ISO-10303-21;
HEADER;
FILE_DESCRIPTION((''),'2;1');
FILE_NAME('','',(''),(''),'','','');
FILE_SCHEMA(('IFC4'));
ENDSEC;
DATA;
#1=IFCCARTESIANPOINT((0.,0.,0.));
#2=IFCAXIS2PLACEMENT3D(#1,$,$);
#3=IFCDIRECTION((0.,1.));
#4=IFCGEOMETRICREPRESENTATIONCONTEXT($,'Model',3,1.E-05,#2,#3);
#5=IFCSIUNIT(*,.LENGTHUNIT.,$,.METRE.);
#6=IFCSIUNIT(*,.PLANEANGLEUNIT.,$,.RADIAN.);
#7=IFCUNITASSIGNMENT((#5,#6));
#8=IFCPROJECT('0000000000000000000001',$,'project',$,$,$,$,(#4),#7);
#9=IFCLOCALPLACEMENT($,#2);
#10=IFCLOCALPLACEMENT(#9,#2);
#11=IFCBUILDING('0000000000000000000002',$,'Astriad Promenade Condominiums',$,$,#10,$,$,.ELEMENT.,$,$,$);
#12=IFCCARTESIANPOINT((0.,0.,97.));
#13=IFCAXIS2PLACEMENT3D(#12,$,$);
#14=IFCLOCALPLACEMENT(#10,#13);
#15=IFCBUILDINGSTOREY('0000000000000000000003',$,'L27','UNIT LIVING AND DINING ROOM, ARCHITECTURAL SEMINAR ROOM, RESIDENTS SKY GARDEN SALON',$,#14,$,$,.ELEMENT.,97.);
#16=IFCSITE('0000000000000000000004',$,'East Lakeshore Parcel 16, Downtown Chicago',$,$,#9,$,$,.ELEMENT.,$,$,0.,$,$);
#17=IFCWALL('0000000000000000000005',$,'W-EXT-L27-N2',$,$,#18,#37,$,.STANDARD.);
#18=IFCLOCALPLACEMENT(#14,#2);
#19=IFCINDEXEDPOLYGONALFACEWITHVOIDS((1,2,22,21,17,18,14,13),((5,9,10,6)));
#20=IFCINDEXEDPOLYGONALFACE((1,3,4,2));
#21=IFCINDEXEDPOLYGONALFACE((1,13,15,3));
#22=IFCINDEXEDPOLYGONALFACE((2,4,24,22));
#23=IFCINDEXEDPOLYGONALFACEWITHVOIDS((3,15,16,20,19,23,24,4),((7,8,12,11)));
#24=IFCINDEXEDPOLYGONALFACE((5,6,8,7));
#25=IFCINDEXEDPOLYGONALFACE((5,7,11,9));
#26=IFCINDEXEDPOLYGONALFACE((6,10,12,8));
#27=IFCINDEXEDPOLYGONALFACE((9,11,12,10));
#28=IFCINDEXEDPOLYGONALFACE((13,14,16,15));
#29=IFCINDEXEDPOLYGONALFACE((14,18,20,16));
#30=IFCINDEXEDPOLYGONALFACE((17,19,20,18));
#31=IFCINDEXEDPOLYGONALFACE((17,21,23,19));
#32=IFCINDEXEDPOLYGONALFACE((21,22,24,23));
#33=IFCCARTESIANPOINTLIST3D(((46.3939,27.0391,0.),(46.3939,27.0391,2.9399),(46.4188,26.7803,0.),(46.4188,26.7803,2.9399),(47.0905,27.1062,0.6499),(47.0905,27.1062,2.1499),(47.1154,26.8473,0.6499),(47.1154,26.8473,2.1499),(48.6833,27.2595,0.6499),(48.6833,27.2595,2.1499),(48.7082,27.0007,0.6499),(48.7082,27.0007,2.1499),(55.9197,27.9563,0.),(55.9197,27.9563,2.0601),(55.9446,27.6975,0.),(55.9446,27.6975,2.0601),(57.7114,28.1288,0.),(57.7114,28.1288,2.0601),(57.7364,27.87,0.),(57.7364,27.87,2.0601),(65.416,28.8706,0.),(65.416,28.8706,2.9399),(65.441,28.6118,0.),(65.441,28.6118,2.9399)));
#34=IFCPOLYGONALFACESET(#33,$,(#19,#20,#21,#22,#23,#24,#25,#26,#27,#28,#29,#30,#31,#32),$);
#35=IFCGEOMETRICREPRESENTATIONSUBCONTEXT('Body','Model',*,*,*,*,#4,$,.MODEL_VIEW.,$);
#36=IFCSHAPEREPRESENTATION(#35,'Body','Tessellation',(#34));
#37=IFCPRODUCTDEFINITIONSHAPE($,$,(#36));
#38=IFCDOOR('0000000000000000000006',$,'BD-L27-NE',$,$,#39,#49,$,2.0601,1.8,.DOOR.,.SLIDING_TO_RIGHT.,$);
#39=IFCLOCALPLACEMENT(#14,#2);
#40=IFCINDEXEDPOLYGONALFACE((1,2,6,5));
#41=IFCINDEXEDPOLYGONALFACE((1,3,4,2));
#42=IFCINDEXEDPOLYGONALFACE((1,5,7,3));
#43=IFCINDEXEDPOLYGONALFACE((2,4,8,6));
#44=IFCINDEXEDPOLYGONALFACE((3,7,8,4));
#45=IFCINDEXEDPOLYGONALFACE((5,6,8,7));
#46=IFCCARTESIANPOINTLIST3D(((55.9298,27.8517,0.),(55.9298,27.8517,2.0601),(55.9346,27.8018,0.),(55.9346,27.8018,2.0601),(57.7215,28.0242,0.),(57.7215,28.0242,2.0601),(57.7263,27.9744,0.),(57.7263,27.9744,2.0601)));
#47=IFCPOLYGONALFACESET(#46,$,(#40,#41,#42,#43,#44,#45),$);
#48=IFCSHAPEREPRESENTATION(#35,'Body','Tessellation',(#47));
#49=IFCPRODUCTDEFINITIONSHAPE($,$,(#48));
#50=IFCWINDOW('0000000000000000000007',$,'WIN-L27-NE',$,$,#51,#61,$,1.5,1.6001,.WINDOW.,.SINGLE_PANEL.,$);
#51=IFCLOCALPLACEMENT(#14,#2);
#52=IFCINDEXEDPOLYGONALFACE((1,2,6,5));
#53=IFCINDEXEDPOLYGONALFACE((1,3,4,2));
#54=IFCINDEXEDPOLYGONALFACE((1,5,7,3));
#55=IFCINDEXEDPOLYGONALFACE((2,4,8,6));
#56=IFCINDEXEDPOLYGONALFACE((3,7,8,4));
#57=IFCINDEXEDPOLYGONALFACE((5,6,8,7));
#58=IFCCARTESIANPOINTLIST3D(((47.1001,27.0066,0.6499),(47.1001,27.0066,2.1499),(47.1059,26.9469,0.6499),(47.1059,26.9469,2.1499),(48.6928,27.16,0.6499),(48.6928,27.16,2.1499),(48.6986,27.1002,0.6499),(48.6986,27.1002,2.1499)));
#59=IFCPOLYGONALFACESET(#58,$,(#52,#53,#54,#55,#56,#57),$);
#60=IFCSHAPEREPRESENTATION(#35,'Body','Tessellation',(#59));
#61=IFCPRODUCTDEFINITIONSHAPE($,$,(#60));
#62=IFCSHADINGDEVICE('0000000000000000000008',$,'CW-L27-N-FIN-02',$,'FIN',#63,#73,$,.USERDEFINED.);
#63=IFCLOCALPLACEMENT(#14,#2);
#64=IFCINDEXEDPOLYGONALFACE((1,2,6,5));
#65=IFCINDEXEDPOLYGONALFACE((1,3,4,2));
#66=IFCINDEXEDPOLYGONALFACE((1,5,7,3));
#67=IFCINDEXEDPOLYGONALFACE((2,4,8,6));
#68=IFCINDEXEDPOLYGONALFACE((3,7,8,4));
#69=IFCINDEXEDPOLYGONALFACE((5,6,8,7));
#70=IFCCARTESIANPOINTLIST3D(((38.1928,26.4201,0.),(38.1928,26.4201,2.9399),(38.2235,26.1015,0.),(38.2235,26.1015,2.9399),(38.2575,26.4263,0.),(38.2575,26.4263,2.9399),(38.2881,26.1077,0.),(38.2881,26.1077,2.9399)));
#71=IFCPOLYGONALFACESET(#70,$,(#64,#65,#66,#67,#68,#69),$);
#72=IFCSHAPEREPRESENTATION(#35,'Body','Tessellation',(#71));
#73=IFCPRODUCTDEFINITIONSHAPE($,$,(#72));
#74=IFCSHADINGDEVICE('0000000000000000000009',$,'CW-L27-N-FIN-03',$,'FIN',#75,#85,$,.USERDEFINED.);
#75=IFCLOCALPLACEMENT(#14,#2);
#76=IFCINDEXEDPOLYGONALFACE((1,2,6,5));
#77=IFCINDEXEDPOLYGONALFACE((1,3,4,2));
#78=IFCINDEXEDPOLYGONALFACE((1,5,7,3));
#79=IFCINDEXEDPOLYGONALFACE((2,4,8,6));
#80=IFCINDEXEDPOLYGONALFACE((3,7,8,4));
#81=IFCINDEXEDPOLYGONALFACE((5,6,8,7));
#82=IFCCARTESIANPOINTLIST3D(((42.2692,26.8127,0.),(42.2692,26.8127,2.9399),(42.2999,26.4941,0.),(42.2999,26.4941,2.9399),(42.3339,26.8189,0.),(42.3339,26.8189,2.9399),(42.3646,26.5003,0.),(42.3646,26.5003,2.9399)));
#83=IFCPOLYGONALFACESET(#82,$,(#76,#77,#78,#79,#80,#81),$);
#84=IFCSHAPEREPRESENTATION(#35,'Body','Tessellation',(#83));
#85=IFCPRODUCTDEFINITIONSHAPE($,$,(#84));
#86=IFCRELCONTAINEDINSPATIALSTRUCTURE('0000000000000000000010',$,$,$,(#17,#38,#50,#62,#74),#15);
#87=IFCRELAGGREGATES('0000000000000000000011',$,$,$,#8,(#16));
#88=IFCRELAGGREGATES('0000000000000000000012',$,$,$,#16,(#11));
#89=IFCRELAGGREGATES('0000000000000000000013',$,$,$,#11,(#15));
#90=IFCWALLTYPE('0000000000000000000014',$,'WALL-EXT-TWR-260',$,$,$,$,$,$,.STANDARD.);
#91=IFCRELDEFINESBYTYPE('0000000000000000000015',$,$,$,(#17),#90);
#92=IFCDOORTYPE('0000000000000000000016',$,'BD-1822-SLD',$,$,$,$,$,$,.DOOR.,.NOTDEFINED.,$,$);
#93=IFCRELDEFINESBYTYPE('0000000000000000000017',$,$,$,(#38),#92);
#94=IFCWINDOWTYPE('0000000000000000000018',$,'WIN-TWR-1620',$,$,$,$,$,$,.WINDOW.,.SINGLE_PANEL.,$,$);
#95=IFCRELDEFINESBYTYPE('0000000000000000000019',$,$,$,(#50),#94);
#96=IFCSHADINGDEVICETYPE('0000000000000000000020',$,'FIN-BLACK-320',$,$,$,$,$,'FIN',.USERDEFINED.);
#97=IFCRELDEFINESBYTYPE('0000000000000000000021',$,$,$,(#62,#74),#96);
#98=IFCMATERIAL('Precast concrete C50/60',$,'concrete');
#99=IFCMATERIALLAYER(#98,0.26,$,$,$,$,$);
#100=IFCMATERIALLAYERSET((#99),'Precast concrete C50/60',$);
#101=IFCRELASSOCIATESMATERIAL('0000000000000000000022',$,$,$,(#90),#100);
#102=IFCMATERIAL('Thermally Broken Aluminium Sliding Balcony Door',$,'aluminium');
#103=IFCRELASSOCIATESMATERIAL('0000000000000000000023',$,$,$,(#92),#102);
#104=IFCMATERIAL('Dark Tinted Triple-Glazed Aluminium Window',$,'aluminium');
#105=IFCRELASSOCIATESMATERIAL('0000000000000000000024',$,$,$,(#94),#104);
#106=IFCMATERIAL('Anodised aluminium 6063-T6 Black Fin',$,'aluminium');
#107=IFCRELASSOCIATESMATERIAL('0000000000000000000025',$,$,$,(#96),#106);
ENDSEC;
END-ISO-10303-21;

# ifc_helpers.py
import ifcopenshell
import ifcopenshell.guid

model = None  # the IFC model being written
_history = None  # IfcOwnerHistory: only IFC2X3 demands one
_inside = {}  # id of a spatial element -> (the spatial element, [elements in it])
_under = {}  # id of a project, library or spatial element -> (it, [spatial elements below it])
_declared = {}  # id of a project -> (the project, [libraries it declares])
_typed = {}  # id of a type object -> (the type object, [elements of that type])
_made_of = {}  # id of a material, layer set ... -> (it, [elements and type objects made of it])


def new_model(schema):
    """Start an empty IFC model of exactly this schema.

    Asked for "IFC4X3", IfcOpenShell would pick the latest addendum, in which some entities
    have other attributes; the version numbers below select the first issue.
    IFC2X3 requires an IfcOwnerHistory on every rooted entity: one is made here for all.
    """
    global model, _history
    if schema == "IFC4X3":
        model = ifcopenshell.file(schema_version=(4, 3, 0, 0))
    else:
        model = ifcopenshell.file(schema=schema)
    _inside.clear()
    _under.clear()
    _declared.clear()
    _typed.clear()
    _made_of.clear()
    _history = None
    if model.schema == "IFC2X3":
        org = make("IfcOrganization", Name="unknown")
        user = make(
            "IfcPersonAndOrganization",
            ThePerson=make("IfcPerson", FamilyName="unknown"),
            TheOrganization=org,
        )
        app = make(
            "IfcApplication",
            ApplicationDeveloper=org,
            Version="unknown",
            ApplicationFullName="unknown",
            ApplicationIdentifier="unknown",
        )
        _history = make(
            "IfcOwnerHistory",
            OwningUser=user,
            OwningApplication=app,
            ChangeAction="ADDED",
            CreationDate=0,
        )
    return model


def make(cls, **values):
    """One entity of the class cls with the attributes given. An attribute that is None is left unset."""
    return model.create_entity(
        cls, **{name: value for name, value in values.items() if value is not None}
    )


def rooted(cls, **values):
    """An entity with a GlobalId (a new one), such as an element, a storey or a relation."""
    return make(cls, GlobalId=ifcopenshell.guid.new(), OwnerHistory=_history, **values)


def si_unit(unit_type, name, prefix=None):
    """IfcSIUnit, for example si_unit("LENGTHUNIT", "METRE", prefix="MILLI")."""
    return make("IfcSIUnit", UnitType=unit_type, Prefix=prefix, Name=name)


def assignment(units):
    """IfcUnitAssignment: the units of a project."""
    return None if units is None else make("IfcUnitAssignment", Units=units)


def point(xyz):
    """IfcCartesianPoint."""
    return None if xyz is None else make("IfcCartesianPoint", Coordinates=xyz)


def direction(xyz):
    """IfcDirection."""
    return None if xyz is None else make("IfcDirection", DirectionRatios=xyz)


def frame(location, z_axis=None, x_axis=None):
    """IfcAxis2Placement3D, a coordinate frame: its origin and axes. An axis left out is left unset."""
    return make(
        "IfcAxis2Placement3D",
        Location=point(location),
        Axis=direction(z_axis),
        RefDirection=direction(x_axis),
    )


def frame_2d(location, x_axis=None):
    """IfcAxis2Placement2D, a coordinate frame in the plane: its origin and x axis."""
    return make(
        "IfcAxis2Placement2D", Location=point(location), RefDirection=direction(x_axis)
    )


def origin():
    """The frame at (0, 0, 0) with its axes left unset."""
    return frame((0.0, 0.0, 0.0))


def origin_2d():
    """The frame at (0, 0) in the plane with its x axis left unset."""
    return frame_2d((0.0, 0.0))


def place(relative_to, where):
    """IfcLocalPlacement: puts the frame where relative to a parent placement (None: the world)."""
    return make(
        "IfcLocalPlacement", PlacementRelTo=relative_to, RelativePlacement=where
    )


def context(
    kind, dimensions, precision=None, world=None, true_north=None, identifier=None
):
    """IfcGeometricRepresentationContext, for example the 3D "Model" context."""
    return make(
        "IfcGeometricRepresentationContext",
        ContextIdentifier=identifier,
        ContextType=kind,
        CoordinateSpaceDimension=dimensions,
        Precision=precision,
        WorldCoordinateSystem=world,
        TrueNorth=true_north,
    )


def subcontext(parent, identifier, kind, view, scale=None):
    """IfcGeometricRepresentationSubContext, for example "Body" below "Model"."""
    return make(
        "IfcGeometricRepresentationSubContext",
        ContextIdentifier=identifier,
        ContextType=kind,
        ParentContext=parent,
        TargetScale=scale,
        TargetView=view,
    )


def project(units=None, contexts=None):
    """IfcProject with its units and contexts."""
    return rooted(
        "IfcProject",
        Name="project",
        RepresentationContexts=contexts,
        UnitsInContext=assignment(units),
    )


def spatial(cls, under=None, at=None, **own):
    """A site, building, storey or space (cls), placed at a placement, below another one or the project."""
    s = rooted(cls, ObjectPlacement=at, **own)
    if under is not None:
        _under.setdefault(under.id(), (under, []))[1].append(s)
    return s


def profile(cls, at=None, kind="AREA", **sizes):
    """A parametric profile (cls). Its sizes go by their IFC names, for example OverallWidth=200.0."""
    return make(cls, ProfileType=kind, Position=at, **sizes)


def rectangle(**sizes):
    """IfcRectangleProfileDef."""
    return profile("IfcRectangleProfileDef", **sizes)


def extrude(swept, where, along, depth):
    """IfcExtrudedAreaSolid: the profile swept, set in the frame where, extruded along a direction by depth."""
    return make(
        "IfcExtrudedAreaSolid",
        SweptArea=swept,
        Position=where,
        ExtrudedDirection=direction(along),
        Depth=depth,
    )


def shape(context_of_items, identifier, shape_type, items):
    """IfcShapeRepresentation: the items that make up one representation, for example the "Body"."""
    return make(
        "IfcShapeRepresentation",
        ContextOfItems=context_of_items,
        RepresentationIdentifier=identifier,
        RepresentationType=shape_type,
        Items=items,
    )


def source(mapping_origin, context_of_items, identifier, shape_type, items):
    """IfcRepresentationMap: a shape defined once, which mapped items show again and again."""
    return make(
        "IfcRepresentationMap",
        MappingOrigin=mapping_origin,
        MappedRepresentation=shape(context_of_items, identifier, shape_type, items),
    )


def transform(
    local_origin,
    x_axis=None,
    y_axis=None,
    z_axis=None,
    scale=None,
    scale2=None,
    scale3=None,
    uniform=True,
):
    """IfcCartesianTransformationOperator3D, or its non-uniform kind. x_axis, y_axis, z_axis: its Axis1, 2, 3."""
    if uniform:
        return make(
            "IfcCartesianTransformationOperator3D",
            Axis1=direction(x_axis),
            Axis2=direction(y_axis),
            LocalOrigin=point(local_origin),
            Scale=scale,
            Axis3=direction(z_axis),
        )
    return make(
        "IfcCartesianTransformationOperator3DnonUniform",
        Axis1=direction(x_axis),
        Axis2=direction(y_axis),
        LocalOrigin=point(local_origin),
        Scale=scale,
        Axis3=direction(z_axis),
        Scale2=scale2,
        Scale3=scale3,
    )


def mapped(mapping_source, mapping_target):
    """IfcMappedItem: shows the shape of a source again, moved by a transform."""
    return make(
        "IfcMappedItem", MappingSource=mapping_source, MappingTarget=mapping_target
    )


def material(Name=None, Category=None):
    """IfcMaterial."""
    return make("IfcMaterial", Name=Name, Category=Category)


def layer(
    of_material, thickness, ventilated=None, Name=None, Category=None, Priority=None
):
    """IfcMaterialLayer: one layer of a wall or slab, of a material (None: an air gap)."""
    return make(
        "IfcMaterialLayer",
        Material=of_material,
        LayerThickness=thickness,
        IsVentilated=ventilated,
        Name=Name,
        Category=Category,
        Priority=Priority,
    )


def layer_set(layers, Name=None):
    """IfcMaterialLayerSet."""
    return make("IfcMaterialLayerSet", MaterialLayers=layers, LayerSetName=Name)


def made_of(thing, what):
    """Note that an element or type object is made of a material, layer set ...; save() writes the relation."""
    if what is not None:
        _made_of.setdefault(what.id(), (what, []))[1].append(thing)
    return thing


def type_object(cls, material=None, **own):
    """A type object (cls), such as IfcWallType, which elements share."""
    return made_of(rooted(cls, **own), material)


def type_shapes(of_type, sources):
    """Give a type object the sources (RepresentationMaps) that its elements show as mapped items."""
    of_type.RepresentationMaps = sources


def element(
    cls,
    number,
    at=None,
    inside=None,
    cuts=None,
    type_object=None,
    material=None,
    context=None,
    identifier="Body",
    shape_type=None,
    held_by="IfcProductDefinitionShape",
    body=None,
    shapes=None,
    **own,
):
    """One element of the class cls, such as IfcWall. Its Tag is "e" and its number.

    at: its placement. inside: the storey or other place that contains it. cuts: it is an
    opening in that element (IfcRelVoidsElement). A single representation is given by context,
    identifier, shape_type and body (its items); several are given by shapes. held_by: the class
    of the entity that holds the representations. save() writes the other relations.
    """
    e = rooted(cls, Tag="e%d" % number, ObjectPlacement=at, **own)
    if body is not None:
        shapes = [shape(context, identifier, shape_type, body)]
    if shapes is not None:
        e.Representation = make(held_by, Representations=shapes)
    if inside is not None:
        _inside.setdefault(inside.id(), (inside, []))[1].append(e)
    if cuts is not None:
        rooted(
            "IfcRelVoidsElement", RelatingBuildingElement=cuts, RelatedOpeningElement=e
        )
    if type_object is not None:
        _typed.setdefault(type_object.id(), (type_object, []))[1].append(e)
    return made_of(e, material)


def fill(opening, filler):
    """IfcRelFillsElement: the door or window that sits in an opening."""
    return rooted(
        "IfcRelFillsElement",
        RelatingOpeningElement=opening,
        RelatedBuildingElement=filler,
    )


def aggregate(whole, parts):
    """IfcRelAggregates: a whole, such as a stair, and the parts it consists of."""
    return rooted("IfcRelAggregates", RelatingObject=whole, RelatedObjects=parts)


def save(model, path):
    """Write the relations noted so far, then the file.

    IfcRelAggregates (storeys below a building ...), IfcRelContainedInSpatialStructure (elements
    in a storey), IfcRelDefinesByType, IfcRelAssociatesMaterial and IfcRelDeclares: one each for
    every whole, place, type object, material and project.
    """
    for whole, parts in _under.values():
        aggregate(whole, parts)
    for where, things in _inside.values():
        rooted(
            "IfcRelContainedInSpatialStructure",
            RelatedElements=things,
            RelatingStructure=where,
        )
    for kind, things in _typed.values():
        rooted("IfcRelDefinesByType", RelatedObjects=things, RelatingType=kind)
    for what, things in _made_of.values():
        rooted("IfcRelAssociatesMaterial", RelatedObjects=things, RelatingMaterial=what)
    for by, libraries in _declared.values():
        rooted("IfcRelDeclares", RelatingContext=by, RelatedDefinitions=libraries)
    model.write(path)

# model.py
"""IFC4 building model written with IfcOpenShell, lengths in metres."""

from ifc_helpers import new_model, si_unit, direction, frame, frame_2d, origin, origin_2d, place, context, subcontext, project, spatial, rectangle, extrude, source, transform, mapped, material, layer, layer_set, type_object, type_shapes, element, fill, save


model = new_model("IFC4")

# Units and contexts
model_context = context("Model", 3, precision=1e-05, world=origin(), true_north=direction((0.0, 1.0)))
body_context = subcontext(model_context, "Body", "Model", "MODEL_VIEW")
ifc_project = project(units=[si_unit("LENGTHUNIT", "METRE"), si_unit("PLANEANGLEUNIT", "RADIAN")], contexts=[model_context])

# Site, building, storey
site_placement = place(None, origin())
site = spatial("IfcSite", under=ifc_project, at=site_placement, Name="East Lakeshore Parcel 16, Downtown Chicago", CompositionType="ELEMENT", RefElevation=0.0)
building_placement = place(site_placement, origin())
building = spatial("IfcBuilding", under=site, at=building_placement, Name="Astriad Promenade Condominiums", CompositionType="ELEMENT")
storey_placement = place(building_placement, frame((0.0, 0.0, 97.0)))
storey = spatial("IfcBuildingStorey", under=building, at=storey_placement, Name="L27", Description="UNIT LIVING AND DINING ROOM, ARCHITECTURAL SEMINAR ROOM, RESIDENTS SKY GARDEN SALON", CompositionType="ELEMENT", Elevation=97.0)

# Wall, openings, door, window
ifc_material_1 = material(Name="Precast concrete C50/60", Category="concrete")
ifc_layer_1 = layer(ifc_material_1, 0.26)
ifc_layer_set_1 = layer_set([ifc_layer_1], Name="Precast concrete C50/60")
wall_type = type_object("IfcWallType", Name="WALL-EXT-TWR-260", PredefinedType="STANDARD", material=ifc_layer_set_1)
wall_placement = place(storey_placement, frame((46.4062, 26.9097, 0.0), z_axis=(0.0, 0.0, 1.0), x_axis=(0.995397, 0.095841, 0.0)))
wall = element("IfcWall", 1, at=wall_placement, inside=storey, type_object=wall_type, Name="W-EXT-L27-N2", PredefinedType="STANDARD", context=body_context, shape_type="SweptSolid", body=[
    extrude(rectangle(XDim=19.1101, YDim=0.26, at=frame_2d((9.5552, 0.0))), origin(), (0.0, 0.0, 1.0), 2.9399),
])
opening_1_placement = place(wall_placement, frame((9.5701, 0.0, 0.0)))
opening_1 = element("IfcOpeningElement", 2, at=opening_1_placement, cuts=wall, PredefinedType="OPENING", context=body_context, shape_type="SweptSolid", body=[
    extrude(rectangle(XDim=1.8, YDim=2.0601, at=frame_2d((0.8999, 1.03))), frame((0.0, 0.1399, 0.0), z_axis=(0.0, -1.0, 0.0), x_axis=(1.0, 0.0, 0.0)), (0.0, 0.0, 1.0), 0.28),
])
opening_2_placement = place(wall_placement, frame((0.7, 0.0, 0.6499)))
opening_2 = element("IfcOpeningElement", 3, at=opening_2_placement, cuts=wall, PredefinedType="OPENING", context=body_context, shape_type="SweptSolid", body=[
    extrude(rectangle(XDim=1.6001, YDim=1.5, at=frame_2d((0.8, 0.75))), frame((0.0, 0.1399, 0.0), z_axis=(0.0, -1.0, 0.0), x_axis=(1.0, 0.0, 0.0)), (0.0, 0.0, 1.0), 0.28),
])
ifc_material_2 = material(Name="Thermally Broken Aluminium Sliding Balcony Door", Category="aluminium")
door_type = type_object("IfcDoorType", Name="BD-1822-SLD", OperationType="NOTDEFINED", PredefinedType="DOOR", material=ifc_material_2)
shared_shape_1 = source(origin(), body_context, "Body", "SweptSolid", [
    extrude(rectangle(XDim=1.8, YDim=2.0601, at=frame_2d((0.8999, 1.03))), frame((0.0, 0.0249, 0.0), z_axis=(0.0, -1.0, 0.0), x_axis=(1.0, 0.0, 0.0)), (0.0, 0.0, 1.0), 0.05),
])
type_shapes(door_type, [shared_shape_1])
door_placement = place(opening_1_placement, origin())
door = element("IfcDoor", 4, at=door_placement, inside=storey, type_object=door_type, Name="BD-L27-NE", OperationType="SLIDING_TO_RIGHT", OverallHeight=2.0601, OverallWidth=1.8, PredefinedType="DOOR", context=body_context, shape_type="MappedRepresentation", body=[
    mapped(shared_shape_1, transform((0.0, 0.0, 0.0), scale=1.0)),
])
fill(opening_1, door)
ifc_material_3 = material(Name="Dark Tinted Triple-Glazed Aluminium Window", Category="aluminium")
window_type = type_object("IfcWindowType", Name="WIN-TWR-1620", PartitioningType="SINGLE_PANEL", PredefinedType="WINDOW", material=ifc_material_3)
shared_shape_2 = source(origin(), body_context, "Body", "SweptSolid", [
    extrude(rectangle(XDim=1.6001, YDim=1.5, at=frame_2d((0.8, 0.75))), frame((0.0, 0.03, 0.0), z_axis=(0.0, -1.0, 0.0), x_axis=(1.0, 0.0, 0.0)), (0.0, 0.0, 1.0), 0.0601),
])
type_shapes(window_type, [shared_shape_2])
window_placement = place(opening_2_placement, origin())
window = element("IfcWindow", 5, at=window_placement, inside=storey, type_object=window_type, Name="WIN-L27-NE", OverallHeight=1.5, OverallWidth=1.6001, PartitioningType="SINGLE_PANEL", PredefinedType="WINDOW", context=body_context, shape_type="MappedRepresentation", body=[
    mapped(shared_shape_2, transform((0.0, 0.0, 0.0), scale=1.0)),
])
fill(opening_2, window)

# Shading devices
ifc_material_4 = material(Name="Anodised aluminium 6063-T6 Black Fin", Category="aluminium")
shading_device_type = type_object("IfcShadingDeviceType", Name="FIN-BLACK-320", ElementType="FIN", PredefinedType="USERDEFINED", material=ifc_material_4)
shared_shape_3 = source(origin(), body_context, "Body", "SweptSolid", [
    extrude(rectangle(XDim=0.0649, YDim=0.3201, at=origin_2d()), origin(), (0.0, 0.0, 1.0), 2.9399),
])
type_shapes(shading_device_type, [shared_shape_3])
for number, where, z_axis, x_axis, name in (
    (6, (38.2405, 26.2639, 0.0), (0.0, 0.0, 1.0), (0.995396, 0.095846, 0.0), "CW-L27-N-FIN-02"),
    (7, (42.3169, 26.6565, 0.0), (0.0, 0.0, 1.0), (0.995396, 0.095846, 0.0), "CW-L27-N-FIN-03"),
):
    element("IfcShadingDevice", number, at=place(storey_placement, frame(where, z_axis=z_axis, x_axis=x_axis)), inside=storey, type_object=shading_device_type, Name=name, ObjectType="FIN", PredefinedType="USERDEFINED", context=body_context, shape_type="MappedRepresentation", body=[
        mapped(shared_shape_3, transform((0.0, 0.0, 0.0), scale=1.0)),
    ])

save(model, "model.ifc")
